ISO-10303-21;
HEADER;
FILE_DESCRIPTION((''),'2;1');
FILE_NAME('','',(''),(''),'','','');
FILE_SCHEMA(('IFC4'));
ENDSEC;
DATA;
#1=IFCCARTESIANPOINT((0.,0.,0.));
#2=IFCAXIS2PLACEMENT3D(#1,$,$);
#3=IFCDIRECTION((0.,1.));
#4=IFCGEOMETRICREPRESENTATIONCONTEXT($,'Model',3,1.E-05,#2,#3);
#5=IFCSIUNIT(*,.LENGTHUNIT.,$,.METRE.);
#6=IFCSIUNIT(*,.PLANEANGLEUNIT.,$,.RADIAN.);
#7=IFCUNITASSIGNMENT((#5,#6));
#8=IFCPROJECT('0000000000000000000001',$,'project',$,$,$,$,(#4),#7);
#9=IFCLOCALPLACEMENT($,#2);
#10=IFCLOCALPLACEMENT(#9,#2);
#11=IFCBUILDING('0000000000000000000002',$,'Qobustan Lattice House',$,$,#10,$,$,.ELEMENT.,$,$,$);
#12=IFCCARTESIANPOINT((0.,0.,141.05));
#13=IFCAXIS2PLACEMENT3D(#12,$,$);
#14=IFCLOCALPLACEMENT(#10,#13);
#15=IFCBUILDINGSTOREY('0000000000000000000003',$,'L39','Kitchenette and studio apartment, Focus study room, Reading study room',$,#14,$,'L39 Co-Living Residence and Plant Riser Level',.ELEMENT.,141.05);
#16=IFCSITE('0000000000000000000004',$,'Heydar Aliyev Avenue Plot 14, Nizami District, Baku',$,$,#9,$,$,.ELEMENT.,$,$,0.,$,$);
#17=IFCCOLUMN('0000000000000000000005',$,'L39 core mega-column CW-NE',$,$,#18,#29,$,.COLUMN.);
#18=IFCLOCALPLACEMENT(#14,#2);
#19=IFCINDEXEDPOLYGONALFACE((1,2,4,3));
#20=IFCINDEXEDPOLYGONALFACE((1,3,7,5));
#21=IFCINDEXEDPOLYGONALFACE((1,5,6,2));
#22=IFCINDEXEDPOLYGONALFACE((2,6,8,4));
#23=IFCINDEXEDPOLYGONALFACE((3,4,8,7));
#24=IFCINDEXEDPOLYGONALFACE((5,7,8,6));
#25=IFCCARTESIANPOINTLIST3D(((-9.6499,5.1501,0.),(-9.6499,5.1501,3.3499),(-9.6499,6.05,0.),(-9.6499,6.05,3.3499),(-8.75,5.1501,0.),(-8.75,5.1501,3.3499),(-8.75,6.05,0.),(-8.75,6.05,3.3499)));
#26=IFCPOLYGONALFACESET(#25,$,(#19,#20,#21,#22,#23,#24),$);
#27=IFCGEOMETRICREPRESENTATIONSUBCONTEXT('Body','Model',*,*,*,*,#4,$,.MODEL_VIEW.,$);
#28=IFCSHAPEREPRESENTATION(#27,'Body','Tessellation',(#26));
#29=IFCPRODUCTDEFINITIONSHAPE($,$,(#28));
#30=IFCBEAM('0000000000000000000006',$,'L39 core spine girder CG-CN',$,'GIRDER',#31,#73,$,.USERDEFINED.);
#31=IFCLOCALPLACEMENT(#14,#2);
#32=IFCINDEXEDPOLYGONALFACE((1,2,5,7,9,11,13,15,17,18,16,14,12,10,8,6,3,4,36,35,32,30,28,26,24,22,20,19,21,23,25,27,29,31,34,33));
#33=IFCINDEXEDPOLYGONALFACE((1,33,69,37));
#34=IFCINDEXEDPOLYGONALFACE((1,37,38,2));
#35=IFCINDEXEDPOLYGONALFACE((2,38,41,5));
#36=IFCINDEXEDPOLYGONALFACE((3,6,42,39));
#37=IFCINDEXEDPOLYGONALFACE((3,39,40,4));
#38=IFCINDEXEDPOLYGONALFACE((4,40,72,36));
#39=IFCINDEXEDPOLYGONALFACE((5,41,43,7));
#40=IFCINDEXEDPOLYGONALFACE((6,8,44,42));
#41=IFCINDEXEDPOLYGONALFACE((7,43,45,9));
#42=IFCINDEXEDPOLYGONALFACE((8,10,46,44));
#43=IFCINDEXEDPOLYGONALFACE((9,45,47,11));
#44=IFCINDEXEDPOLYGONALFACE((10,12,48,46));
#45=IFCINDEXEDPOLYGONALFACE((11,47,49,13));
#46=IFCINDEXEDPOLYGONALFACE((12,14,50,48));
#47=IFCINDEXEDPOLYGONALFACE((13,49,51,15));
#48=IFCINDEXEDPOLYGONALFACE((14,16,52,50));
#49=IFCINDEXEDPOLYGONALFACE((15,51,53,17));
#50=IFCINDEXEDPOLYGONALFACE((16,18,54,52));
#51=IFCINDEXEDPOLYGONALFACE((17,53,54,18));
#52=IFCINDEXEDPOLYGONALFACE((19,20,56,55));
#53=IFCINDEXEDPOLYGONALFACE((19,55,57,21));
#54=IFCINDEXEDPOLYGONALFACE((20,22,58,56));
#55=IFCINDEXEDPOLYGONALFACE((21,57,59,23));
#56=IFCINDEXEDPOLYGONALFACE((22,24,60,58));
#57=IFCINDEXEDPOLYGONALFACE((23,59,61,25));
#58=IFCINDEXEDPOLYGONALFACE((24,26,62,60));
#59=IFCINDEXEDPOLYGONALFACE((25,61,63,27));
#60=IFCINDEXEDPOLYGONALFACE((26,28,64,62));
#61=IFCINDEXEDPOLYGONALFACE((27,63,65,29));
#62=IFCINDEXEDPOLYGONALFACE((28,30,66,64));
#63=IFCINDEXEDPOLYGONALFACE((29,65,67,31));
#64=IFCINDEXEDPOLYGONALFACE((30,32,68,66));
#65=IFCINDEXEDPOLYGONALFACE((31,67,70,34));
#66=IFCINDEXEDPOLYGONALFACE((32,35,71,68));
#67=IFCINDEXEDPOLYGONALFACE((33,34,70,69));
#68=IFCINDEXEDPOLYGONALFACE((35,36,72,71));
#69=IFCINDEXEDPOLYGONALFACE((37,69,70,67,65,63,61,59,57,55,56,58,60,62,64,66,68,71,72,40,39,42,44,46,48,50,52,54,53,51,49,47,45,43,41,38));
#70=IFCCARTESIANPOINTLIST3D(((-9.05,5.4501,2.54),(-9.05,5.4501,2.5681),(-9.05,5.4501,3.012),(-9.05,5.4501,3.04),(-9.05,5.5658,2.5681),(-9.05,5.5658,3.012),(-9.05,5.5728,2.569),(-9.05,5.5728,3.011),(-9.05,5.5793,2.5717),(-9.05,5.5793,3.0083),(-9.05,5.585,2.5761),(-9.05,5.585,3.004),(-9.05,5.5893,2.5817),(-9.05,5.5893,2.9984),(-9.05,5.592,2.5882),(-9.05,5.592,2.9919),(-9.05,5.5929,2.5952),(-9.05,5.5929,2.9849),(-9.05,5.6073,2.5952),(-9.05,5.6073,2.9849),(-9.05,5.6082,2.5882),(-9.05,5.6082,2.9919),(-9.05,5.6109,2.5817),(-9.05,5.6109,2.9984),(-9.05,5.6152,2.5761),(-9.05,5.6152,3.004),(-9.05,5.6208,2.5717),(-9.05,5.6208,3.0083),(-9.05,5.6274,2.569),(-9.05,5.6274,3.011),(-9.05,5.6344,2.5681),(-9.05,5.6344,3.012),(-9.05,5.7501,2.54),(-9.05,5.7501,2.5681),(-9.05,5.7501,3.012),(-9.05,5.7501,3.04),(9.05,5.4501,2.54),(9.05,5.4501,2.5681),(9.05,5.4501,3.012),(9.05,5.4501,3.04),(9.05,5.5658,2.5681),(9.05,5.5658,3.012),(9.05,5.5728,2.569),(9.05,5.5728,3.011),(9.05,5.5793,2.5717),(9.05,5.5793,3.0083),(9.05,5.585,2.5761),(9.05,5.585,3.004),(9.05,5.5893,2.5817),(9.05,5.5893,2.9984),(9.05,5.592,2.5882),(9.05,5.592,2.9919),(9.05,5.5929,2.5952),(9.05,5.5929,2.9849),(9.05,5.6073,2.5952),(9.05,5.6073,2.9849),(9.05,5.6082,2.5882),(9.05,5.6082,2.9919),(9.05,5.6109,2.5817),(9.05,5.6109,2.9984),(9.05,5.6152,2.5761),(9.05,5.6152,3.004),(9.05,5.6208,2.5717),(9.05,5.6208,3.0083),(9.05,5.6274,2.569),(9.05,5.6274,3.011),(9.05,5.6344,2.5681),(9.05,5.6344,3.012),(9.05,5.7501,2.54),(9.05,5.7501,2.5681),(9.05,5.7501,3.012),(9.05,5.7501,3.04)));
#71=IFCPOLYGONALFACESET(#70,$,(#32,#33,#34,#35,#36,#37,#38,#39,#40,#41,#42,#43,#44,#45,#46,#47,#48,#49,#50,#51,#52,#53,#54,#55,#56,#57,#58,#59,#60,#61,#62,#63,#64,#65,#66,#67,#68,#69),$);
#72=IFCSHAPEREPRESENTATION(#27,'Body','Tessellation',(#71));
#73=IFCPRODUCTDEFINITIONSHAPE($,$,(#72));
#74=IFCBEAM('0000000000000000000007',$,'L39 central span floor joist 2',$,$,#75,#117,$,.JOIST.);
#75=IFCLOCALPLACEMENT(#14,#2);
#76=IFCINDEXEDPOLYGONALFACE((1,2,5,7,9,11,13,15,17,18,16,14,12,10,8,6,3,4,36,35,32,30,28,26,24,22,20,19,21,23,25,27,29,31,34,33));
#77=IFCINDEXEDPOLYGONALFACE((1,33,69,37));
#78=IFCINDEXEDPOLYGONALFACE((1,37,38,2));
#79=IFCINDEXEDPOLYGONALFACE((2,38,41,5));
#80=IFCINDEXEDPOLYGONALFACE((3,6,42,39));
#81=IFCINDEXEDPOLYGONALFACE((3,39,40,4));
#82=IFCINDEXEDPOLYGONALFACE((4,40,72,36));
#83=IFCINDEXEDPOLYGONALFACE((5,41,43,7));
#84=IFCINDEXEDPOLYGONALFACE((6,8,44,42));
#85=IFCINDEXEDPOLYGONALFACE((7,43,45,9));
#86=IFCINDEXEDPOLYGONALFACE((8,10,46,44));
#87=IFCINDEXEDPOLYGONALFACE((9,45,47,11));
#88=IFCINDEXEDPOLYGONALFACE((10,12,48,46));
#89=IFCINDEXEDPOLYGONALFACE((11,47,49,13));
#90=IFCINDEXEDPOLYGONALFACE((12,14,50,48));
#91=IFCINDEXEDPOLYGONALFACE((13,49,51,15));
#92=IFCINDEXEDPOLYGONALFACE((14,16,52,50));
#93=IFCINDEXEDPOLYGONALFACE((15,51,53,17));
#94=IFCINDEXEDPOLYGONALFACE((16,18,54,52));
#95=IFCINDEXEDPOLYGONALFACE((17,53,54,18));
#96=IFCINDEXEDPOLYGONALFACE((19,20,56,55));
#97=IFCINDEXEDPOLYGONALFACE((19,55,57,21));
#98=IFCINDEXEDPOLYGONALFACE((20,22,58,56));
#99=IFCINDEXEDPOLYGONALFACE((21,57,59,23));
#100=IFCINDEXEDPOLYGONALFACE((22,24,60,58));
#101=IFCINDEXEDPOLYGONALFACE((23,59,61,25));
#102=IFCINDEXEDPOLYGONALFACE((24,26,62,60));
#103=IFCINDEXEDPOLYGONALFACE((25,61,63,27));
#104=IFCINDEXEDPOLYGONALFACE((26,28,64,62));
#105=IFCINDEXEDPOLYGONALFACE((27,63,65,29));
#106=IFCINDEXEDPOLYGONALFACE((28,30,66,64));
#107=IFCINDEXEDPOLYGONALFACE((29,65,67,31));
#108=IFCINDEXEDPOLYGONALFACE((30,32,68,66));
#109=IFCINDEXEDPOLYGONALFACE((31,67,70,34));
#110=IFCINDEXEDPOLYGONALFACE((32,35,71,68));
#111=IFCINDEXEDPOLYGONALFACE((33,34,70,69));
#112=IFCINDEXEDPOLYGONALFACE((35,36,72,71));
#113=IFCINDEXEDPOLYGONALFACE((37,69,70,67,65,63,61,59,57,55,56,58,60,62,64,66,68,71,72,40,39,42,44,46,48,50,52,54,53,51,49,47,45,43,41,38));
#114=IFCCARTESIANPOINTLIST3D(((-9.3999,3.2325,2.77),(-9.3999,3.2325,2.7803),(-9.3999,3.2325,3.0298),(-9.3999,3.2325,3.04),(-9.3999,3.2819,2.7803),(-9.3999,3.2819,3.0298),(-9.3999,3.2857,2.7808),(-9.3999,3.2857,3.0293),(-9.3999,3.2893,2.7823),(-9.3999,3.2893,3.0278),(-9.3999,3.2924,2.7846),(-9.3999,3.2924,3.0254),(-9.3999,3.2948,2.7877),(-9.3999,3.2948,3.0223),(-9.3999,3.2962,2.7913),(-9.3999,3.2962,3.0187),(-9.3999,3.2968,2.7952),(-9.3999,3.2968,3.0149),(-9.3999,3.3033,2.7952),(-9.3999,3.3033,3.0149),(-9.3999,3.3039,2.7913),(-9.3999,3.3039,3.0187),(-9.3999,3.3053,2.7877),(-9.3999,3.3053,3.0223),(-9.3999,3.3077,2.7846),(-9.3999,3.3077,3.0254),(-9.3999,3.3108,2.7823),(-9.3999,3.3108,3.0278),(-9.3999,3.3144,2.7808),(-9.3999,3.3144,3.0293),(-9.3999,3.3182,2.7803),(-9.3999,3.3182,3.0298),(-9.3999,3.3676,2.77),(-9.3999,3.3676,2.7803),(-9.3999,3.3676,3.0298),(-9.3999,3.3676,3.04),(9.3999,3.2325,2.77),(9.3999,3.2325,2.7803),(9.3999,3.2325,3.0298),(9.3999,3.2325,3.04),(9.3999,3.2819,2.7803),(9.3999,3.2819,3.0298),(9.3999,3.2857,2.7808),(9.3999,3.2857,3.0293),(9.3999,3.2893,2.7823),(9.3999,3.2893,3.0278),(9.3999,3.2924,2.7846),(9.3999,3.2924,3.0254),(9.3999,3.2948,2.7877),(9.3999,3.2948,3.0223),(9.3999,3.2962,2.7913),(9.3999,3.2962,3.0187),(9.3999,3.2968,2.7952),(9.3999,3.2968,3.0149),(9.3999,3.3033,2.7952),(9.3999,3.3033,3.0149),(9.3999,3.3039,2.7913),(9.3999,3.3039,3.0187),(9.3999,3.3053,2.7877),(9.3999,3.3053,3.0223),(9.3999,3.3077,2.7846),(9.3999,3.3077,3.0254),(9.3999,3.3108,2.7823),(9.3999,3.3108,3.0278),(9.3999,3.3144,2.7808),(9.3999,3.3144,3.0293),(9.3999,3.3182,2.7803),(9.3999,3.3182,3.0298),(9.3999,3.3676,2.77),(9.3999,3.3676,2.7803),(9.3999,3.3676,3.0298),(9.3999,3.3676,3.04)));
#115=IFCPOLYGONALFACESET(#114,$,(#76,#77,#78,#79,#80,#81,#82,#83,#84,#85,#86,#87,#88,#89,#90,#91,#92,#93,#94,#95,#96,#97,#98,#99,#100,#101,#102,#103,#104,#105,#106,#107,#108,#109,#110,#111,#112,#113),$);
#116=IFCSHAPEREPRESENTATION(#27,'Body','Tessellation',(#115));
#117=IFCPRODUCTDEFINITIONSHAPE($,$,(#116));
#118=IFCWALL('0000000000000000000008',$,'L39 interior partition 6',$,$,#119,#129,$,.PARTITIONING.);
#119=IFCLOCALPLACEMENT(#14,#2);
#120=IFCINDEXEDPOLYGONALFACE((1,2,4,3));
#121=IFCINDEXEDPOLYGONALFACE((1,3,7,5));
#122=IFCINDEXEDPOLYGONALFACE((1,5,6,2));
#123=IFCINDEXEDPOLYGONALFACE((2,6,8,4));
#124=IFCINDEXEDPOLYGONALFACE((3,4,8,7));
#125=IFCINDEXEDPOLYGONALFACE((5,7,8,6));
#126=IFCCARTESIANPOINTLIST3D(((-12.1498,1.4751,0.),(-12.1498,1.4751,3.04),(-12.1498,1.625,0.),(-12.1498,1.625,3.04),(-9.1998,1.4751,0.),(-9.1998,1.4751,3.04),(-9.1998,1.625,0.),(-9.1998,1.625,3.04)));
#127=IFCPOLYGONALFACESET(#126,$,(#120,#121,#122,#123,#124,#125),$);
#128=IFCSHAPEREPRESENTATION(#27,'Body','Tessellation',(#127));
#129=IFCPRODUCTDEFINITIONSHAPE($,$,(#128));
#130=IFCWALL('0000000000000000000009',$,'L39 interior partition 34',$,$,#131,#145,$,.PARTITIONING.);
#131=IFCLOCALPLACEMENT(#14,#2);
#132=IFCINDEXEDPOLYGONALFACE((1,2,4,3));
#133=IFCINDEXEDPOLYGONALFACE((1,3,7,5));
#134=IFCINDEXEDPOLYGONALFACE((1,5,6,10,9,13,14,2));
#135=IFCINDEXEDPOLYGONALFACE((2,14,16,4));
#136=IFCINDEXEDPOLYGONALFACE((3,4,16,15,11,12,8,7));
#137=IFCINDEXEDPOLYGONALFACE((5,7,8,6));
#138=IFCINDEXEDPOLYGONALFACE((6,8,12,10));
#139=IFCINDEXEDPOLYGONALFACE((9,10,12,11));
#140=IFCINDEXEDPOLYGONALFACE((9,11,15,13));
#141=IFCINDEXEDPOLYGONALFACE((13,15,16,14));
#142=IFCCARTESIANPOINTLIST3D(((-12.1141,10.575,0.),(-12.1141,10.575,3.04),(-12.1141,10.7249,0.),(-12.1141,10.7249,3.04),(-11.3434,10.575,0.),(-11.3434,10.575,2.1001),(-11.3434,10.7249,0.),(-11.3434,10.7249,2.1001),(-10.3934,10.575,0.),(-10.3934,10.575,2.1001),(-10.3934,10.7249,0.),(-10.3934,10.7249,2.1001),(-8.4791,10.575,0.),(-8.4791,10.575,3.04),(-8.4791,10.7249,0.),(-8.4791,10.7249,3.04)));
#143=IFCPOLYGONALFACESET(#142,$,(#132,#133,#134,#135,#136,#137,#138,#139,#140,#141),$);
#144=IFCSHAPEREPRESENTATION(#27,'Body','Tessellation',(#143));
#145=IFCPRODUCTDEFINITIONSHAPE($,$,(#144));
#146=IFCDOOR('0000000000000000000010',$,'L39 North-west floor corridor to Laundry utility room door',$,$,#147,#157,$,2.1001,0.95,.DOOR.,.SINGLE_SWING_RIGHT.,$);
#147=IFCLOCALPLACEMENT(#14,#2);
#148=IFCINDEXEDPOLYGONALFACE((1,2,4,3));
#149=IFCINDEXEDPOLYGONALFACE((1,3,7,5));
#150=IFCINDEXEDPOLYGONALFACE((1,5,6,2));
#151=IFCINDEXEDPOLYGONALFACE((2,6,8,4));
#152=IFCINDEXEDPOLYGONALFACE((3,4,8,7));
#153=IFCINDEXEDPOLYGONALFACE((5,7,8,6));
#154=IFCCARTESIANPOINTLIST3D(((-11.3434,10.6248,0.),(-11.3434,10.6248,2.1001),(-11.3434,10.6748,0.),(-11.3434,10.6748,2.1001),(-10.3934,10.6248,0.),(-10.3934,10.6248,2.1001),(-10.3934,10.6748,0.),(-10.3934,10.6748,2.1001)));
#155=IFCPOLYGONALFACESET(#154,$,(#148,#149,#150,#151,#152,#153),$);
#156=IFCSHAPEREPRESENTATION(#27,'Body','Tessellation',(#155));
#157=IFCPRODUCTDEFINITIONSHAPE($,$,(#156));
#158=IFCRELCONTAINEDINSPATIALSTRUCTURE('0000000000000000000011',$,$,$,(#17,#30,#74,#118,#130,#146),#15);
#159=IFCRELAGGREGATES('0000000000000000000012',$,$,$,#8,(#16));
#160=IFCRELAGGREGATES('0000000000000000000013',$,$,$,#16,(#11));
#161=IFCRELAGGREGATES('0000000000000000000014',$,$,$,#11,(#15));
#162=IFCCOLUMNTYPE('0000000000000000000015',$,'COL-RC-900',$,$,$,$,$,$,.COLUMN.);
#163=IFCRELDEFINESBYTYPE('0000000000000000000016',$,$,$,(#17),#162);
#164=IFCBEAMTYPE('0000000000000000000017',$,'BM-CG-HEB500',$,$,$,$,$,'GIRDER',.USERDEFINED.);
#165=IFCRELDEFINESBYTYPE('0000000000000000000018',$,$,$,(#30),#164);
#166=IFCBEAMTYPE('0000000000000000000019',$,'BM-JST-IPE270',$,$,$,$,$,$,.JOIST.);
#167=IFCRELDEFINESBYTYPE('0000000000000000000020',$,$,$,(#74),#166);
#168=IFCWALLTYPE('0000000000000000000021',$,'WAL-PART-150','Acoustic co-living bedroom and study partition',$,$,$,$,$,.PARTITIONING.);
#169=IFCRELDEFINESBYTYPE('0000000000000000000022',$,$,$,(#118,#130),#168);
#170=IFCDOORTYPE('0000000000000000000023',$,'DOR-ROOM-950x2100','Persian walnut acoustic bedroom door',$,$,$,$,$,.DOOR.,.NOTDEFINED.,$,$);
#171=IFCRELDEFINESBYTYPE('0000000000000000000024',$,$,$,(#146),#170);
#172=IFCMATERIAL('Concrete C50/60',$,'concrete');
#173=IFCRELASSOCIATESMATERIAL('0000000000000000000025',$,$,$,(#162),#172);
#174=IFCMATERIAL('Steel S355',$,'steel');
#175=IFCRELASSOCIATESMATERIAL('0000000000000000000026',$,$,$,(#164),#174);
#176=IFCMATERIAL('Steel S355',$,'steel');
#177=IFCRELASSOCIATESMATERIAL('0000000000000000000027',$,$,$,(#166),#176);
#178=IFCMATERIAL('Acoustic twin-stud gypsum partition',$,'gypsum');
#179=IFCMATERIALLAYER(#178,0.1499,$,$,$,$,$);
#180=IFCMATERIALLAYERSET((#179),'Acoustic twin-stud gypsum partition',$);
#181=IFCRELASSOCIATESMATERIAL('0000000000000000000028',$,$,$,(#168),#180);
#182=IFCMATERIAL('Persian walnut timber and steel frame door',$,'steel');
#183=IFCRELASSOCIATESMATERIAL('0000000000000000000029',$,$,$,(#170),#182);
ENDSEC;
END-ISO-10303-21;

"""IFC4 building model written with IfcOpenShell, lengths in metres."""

from ifc_helpers import new_model, si_unit, direction, frame, frame_2d, origin, origin_2d, place, context, subcontext, project, spatial, rectangle, i_section, extrude, material, layer, layer_set, material_profile, profile_set, type_object, element, fill, save


model = new_model("IFC4")

# Units and contexts
model_context = context("Model", 3, precision=1e-05, world=origin(), true_north=direction((0.0, 1.0)))
body_context = subcontext(model_context, "Body", "Model", "MODEL_VIEW")
ifc_project = project(units=[si_unit("LENGTHUNIT", "METRE"), si_unit("PLANEANGLEUNIT", "RADIAN")], contexts=[model_context])

# Site, building, storey
site_placement = place(None, origin())
site = spatial("IfcSite", under=ifc_project, at=site_placement, Name="Heydar Aliyev Avenue Plot 14, Nizami District, Baku", CompositionType="ELEMENT", RefElevation=0.0)
building_placement = place(site_placement, origin())
building = spatial("IfcBuilding", under=site, at=building_placement, Name="Qobustan Lattice House", CompositionType="ELEMENT")
storey_placement = place(building_placement, frame((0.0, 0.0, 141.05)))
storey = spatial("IfcBuildingStorey", under=building, at=storey_placement, Name="L39", Description="Kitchenette and studio apartment, Focus study room, Reading study room", LongName="L39 Co-Living Residence and Plant Riser Level", CompositionType="ELEMENT", Elevation=141.05)

# Column
ifc_material_1 = material(Name="Concrete C50/60", Category="concrete")
ifc_material_profile_1 = material_profile(ifc_material_1, rectangle(XDim=0.8999, YDim=0.8999, at=origin_2d()), Name="RC900x900")
ifc_profile_set_1 = profile_set([ifc_material_profile_1], Name="Concrete C50/60")
column_type = type_object("IfcColumnType", Name="COL-RC-900", PredefinedType="COLUMN", material=ifc_profile_set_1)
column_placement = place(storey_placement, frame((-9.2, 5.6001, 0.0), z_axis=(0.0, 0.0, 1.0), x_axis=(1.0, 0.0, 0.0)))
element("IfcColumn", 1, at=column_placement, inside=storey, type_object=column_type, Name="L39 core mega-column CW-NE", PredefinedType="COLUMN", context=body_context, shape_type="SweptSolid", body=[
    extrude(rectangle(XDim=0.8999, YDim=0.8999, at=origin_2d()), origin(), (0.0, 0.0, 1.0), 3.3499),
])

# Beams
ifc_material_2 = material(Name="Steel S355", Category="steel")
ifc_material_profile_2 = material_profile(ifc_material_2, i_section(OverallWidth=0.3, OverallDepth=0.5, WebThickness=0.0144, FlangeThickness=0.0281, FilletRadius=0.0271, at=origin_2d()), Name="HEB500")
ifc_profile_set_2 = profile_set([ifc_material_profile_2], Name="Steel S355")
beam_type_1 = type_object("IfcBeamType", Name="BM-CG-HEB500", ElementType="GIRDER", PredefinedType="USERDEFINED", material=ifc_profile_set_2)
beam_1_placement = place(storey_placement, frame((-9.05, 5.6001, 2.79), z_axis=(1.0, 0.0, 0.0), x_axis=(0.0, 1.0, 0.0)))
element("IfcBeam", 2, at=beam_1_placement, inside=storey, type_object=beam_type_1, Name="L39 core spine girder CG-CN", ObjectType="GIRDER", PredefinedType="USERDEFINED", context=body_context, shape_type="SweptSolid", body=[
    extrude(i_section(OverallWidth=0.3, OverallDepth=0.5, WebThickness=0.0144, FlangeThickness=0.0281, FilletRadius=0.0271, at=origin_2d()), origin(), (0.0, 0.0, 1.0), 18.1001),
])
ifc_material_3 = material(Name="Steel S355", Category="steel")
ifc_material_profile_3 = material_profile(ifc_material_3, i_section(OverallWidth=0.135, OverallDepth=0.27, WebThickness=0.0066, FlangeThickness=0.0103, FilletRadius=0.0149, at=origin_2d()), Name="IPE270")
ifc_profile_set_3 = profile_set([ifc_material_profile_3], Name="Steel S355")
beam_type_2 = type_object("IfcBeamType", Name="BM-JST-IPE270", PredefinedType="JOIST", material=ifc_profile_set_3)
beam_2_placement = place(storey_placement, frame((-9.3999, 3.3, 2.905), z_axis=(1.0, 0.0, 0.0), x_axis=(0.0, 1.0, 0.0)))
element("IfcBeam", 3, at=beam_2_placement, inside=storey, type_object=beam_type_2, Name="L39 central span floor joist 2", PredefinedType="JOIST", context=body_context, shape_type="SweptSolid", body=[
    extrude(i_section(OverallWidth=0.135, OverallDepth=0.27, WebThickness=0.0066, FlangeThickness=0.0103, FilletRadius=0.0149, at=origin_2d()), origin(), (0.0, 0.0, 1.0), 18.7998),
])

# Wall
ifc_material_4 = material(Name="Acoustic twin-stud gypsum partition", Category="gypsum")
ifc_layer_1 = layer(ifc_material_4, 0.1499)
ifc_layer_set_1 = layer_set([ifc_layer_1], Name="Acoustic twin-stud gypsum partition")
wall_type_1 = type_object("IfcWallType", Name="WAL-PART-150", Description="Acoustic co-living bedroom and study partition", PredefinedType="PARTITIONING", material=ifc_layer_set_1)
wall_1_placement = place(storey_placement, frame((-12.1499, 1.55, 0.0), z_axis=(0.0, 0.0, 1.0), x_axis=(1.0, 0.0, 0.0)))
element("IfcWall", 4, at=wall_1_placement, inside=storey, type_object=wall_type_1, Name="L39 interior partition 6", PredefinedType="PARTITIONING", context=body_context, shape_type="SweptSolid", body=[
    extrude(rectangle(XDim=2.95, YDim=0.1499, at=frame_2d((1.4751, 0.0))), origin(), (0.0, 0.0, 1.0), 3.04),
])

# Wall, opening, door
wall_2_placement = place(storey_placement, frame((-12.114, 10.6499, 0.0), z_axis=(0.0, 0.0, 1.0), x_axis=(1.0, 0.0, 0.0)))
wall_2 = element("IfcWall", 5, at=wall_2_placement, inside=storey, type_object=wall_type_1, Name="L39 interior partition 34", PredefinedType="PARTITIONING", context=body_context, shape_type="SweptSolid", body=[
    extrude(rectangle(XDim=3.635, YDim=0.1499, at=frame_2d((1.8174, 0.0))), origin(), (0.0, 0.0, 1.0), 3.04),
])
opening_1_placement = place(wall_2_placement, frame((0.7705, 0.0, 0.0)))
opening_1 = element("IfcOpeningElement", 6, at=opening_1_placement, cuts=wall_2, PredefinedType="OPENING", context=body_context, shape_type="SweptSolid", body=[
    extrude(rectangle(XDim=0.95, YDim=2.1001, at=frame_2d((0.4751, 1.05))), frame((0.0, 0.085, 0.0), z_axis=(0.0, -1.0, 0.0), x_axis=(1.0, 0.0, 0.0)), (0.0, 0.0, 1.0), 0.1699),
])
ifc_material_5 = material(Name="Persian walnut timber and steel frame door", Category="steel")
door_type_1 = type_object("IfcDoorType", Name="DOR-ROOM-950x2100", Description="Persian walnut acoustic bedroom door", OperationType="NOTDEFINED", PredefinedType="DOOR", material=ifc_material_5)
door_1_placement = place(opening_1_placement, origin())
door_1 = element("IfcDoor", 7, at=door_1_placement, inside=storey, type_object=door_type_1, Name="L39 North-west floor corridor to Laundry utility room door", OperationType="SINGLE_SWING_RIGHT", OverallHeight=2.1001, OverallWidth=0.95, PredefinedType="DOOR", context=body_context, shape_type="SweptSolid", body=[
    extrude(rectangle(XDim=0.95, YDim=2.1001, at=frame_2d((0.4751, 1.05))), frame((0.0, 0.0249, 0.0), z_axis=(0.0, -1.0, 0.0), x_axis=(1.0, 0.0, 0.0)), (0.0, 0.0, 1.0), 0.05),
])
fill(opening_1, door_1)

save(model, "model.ifc")
